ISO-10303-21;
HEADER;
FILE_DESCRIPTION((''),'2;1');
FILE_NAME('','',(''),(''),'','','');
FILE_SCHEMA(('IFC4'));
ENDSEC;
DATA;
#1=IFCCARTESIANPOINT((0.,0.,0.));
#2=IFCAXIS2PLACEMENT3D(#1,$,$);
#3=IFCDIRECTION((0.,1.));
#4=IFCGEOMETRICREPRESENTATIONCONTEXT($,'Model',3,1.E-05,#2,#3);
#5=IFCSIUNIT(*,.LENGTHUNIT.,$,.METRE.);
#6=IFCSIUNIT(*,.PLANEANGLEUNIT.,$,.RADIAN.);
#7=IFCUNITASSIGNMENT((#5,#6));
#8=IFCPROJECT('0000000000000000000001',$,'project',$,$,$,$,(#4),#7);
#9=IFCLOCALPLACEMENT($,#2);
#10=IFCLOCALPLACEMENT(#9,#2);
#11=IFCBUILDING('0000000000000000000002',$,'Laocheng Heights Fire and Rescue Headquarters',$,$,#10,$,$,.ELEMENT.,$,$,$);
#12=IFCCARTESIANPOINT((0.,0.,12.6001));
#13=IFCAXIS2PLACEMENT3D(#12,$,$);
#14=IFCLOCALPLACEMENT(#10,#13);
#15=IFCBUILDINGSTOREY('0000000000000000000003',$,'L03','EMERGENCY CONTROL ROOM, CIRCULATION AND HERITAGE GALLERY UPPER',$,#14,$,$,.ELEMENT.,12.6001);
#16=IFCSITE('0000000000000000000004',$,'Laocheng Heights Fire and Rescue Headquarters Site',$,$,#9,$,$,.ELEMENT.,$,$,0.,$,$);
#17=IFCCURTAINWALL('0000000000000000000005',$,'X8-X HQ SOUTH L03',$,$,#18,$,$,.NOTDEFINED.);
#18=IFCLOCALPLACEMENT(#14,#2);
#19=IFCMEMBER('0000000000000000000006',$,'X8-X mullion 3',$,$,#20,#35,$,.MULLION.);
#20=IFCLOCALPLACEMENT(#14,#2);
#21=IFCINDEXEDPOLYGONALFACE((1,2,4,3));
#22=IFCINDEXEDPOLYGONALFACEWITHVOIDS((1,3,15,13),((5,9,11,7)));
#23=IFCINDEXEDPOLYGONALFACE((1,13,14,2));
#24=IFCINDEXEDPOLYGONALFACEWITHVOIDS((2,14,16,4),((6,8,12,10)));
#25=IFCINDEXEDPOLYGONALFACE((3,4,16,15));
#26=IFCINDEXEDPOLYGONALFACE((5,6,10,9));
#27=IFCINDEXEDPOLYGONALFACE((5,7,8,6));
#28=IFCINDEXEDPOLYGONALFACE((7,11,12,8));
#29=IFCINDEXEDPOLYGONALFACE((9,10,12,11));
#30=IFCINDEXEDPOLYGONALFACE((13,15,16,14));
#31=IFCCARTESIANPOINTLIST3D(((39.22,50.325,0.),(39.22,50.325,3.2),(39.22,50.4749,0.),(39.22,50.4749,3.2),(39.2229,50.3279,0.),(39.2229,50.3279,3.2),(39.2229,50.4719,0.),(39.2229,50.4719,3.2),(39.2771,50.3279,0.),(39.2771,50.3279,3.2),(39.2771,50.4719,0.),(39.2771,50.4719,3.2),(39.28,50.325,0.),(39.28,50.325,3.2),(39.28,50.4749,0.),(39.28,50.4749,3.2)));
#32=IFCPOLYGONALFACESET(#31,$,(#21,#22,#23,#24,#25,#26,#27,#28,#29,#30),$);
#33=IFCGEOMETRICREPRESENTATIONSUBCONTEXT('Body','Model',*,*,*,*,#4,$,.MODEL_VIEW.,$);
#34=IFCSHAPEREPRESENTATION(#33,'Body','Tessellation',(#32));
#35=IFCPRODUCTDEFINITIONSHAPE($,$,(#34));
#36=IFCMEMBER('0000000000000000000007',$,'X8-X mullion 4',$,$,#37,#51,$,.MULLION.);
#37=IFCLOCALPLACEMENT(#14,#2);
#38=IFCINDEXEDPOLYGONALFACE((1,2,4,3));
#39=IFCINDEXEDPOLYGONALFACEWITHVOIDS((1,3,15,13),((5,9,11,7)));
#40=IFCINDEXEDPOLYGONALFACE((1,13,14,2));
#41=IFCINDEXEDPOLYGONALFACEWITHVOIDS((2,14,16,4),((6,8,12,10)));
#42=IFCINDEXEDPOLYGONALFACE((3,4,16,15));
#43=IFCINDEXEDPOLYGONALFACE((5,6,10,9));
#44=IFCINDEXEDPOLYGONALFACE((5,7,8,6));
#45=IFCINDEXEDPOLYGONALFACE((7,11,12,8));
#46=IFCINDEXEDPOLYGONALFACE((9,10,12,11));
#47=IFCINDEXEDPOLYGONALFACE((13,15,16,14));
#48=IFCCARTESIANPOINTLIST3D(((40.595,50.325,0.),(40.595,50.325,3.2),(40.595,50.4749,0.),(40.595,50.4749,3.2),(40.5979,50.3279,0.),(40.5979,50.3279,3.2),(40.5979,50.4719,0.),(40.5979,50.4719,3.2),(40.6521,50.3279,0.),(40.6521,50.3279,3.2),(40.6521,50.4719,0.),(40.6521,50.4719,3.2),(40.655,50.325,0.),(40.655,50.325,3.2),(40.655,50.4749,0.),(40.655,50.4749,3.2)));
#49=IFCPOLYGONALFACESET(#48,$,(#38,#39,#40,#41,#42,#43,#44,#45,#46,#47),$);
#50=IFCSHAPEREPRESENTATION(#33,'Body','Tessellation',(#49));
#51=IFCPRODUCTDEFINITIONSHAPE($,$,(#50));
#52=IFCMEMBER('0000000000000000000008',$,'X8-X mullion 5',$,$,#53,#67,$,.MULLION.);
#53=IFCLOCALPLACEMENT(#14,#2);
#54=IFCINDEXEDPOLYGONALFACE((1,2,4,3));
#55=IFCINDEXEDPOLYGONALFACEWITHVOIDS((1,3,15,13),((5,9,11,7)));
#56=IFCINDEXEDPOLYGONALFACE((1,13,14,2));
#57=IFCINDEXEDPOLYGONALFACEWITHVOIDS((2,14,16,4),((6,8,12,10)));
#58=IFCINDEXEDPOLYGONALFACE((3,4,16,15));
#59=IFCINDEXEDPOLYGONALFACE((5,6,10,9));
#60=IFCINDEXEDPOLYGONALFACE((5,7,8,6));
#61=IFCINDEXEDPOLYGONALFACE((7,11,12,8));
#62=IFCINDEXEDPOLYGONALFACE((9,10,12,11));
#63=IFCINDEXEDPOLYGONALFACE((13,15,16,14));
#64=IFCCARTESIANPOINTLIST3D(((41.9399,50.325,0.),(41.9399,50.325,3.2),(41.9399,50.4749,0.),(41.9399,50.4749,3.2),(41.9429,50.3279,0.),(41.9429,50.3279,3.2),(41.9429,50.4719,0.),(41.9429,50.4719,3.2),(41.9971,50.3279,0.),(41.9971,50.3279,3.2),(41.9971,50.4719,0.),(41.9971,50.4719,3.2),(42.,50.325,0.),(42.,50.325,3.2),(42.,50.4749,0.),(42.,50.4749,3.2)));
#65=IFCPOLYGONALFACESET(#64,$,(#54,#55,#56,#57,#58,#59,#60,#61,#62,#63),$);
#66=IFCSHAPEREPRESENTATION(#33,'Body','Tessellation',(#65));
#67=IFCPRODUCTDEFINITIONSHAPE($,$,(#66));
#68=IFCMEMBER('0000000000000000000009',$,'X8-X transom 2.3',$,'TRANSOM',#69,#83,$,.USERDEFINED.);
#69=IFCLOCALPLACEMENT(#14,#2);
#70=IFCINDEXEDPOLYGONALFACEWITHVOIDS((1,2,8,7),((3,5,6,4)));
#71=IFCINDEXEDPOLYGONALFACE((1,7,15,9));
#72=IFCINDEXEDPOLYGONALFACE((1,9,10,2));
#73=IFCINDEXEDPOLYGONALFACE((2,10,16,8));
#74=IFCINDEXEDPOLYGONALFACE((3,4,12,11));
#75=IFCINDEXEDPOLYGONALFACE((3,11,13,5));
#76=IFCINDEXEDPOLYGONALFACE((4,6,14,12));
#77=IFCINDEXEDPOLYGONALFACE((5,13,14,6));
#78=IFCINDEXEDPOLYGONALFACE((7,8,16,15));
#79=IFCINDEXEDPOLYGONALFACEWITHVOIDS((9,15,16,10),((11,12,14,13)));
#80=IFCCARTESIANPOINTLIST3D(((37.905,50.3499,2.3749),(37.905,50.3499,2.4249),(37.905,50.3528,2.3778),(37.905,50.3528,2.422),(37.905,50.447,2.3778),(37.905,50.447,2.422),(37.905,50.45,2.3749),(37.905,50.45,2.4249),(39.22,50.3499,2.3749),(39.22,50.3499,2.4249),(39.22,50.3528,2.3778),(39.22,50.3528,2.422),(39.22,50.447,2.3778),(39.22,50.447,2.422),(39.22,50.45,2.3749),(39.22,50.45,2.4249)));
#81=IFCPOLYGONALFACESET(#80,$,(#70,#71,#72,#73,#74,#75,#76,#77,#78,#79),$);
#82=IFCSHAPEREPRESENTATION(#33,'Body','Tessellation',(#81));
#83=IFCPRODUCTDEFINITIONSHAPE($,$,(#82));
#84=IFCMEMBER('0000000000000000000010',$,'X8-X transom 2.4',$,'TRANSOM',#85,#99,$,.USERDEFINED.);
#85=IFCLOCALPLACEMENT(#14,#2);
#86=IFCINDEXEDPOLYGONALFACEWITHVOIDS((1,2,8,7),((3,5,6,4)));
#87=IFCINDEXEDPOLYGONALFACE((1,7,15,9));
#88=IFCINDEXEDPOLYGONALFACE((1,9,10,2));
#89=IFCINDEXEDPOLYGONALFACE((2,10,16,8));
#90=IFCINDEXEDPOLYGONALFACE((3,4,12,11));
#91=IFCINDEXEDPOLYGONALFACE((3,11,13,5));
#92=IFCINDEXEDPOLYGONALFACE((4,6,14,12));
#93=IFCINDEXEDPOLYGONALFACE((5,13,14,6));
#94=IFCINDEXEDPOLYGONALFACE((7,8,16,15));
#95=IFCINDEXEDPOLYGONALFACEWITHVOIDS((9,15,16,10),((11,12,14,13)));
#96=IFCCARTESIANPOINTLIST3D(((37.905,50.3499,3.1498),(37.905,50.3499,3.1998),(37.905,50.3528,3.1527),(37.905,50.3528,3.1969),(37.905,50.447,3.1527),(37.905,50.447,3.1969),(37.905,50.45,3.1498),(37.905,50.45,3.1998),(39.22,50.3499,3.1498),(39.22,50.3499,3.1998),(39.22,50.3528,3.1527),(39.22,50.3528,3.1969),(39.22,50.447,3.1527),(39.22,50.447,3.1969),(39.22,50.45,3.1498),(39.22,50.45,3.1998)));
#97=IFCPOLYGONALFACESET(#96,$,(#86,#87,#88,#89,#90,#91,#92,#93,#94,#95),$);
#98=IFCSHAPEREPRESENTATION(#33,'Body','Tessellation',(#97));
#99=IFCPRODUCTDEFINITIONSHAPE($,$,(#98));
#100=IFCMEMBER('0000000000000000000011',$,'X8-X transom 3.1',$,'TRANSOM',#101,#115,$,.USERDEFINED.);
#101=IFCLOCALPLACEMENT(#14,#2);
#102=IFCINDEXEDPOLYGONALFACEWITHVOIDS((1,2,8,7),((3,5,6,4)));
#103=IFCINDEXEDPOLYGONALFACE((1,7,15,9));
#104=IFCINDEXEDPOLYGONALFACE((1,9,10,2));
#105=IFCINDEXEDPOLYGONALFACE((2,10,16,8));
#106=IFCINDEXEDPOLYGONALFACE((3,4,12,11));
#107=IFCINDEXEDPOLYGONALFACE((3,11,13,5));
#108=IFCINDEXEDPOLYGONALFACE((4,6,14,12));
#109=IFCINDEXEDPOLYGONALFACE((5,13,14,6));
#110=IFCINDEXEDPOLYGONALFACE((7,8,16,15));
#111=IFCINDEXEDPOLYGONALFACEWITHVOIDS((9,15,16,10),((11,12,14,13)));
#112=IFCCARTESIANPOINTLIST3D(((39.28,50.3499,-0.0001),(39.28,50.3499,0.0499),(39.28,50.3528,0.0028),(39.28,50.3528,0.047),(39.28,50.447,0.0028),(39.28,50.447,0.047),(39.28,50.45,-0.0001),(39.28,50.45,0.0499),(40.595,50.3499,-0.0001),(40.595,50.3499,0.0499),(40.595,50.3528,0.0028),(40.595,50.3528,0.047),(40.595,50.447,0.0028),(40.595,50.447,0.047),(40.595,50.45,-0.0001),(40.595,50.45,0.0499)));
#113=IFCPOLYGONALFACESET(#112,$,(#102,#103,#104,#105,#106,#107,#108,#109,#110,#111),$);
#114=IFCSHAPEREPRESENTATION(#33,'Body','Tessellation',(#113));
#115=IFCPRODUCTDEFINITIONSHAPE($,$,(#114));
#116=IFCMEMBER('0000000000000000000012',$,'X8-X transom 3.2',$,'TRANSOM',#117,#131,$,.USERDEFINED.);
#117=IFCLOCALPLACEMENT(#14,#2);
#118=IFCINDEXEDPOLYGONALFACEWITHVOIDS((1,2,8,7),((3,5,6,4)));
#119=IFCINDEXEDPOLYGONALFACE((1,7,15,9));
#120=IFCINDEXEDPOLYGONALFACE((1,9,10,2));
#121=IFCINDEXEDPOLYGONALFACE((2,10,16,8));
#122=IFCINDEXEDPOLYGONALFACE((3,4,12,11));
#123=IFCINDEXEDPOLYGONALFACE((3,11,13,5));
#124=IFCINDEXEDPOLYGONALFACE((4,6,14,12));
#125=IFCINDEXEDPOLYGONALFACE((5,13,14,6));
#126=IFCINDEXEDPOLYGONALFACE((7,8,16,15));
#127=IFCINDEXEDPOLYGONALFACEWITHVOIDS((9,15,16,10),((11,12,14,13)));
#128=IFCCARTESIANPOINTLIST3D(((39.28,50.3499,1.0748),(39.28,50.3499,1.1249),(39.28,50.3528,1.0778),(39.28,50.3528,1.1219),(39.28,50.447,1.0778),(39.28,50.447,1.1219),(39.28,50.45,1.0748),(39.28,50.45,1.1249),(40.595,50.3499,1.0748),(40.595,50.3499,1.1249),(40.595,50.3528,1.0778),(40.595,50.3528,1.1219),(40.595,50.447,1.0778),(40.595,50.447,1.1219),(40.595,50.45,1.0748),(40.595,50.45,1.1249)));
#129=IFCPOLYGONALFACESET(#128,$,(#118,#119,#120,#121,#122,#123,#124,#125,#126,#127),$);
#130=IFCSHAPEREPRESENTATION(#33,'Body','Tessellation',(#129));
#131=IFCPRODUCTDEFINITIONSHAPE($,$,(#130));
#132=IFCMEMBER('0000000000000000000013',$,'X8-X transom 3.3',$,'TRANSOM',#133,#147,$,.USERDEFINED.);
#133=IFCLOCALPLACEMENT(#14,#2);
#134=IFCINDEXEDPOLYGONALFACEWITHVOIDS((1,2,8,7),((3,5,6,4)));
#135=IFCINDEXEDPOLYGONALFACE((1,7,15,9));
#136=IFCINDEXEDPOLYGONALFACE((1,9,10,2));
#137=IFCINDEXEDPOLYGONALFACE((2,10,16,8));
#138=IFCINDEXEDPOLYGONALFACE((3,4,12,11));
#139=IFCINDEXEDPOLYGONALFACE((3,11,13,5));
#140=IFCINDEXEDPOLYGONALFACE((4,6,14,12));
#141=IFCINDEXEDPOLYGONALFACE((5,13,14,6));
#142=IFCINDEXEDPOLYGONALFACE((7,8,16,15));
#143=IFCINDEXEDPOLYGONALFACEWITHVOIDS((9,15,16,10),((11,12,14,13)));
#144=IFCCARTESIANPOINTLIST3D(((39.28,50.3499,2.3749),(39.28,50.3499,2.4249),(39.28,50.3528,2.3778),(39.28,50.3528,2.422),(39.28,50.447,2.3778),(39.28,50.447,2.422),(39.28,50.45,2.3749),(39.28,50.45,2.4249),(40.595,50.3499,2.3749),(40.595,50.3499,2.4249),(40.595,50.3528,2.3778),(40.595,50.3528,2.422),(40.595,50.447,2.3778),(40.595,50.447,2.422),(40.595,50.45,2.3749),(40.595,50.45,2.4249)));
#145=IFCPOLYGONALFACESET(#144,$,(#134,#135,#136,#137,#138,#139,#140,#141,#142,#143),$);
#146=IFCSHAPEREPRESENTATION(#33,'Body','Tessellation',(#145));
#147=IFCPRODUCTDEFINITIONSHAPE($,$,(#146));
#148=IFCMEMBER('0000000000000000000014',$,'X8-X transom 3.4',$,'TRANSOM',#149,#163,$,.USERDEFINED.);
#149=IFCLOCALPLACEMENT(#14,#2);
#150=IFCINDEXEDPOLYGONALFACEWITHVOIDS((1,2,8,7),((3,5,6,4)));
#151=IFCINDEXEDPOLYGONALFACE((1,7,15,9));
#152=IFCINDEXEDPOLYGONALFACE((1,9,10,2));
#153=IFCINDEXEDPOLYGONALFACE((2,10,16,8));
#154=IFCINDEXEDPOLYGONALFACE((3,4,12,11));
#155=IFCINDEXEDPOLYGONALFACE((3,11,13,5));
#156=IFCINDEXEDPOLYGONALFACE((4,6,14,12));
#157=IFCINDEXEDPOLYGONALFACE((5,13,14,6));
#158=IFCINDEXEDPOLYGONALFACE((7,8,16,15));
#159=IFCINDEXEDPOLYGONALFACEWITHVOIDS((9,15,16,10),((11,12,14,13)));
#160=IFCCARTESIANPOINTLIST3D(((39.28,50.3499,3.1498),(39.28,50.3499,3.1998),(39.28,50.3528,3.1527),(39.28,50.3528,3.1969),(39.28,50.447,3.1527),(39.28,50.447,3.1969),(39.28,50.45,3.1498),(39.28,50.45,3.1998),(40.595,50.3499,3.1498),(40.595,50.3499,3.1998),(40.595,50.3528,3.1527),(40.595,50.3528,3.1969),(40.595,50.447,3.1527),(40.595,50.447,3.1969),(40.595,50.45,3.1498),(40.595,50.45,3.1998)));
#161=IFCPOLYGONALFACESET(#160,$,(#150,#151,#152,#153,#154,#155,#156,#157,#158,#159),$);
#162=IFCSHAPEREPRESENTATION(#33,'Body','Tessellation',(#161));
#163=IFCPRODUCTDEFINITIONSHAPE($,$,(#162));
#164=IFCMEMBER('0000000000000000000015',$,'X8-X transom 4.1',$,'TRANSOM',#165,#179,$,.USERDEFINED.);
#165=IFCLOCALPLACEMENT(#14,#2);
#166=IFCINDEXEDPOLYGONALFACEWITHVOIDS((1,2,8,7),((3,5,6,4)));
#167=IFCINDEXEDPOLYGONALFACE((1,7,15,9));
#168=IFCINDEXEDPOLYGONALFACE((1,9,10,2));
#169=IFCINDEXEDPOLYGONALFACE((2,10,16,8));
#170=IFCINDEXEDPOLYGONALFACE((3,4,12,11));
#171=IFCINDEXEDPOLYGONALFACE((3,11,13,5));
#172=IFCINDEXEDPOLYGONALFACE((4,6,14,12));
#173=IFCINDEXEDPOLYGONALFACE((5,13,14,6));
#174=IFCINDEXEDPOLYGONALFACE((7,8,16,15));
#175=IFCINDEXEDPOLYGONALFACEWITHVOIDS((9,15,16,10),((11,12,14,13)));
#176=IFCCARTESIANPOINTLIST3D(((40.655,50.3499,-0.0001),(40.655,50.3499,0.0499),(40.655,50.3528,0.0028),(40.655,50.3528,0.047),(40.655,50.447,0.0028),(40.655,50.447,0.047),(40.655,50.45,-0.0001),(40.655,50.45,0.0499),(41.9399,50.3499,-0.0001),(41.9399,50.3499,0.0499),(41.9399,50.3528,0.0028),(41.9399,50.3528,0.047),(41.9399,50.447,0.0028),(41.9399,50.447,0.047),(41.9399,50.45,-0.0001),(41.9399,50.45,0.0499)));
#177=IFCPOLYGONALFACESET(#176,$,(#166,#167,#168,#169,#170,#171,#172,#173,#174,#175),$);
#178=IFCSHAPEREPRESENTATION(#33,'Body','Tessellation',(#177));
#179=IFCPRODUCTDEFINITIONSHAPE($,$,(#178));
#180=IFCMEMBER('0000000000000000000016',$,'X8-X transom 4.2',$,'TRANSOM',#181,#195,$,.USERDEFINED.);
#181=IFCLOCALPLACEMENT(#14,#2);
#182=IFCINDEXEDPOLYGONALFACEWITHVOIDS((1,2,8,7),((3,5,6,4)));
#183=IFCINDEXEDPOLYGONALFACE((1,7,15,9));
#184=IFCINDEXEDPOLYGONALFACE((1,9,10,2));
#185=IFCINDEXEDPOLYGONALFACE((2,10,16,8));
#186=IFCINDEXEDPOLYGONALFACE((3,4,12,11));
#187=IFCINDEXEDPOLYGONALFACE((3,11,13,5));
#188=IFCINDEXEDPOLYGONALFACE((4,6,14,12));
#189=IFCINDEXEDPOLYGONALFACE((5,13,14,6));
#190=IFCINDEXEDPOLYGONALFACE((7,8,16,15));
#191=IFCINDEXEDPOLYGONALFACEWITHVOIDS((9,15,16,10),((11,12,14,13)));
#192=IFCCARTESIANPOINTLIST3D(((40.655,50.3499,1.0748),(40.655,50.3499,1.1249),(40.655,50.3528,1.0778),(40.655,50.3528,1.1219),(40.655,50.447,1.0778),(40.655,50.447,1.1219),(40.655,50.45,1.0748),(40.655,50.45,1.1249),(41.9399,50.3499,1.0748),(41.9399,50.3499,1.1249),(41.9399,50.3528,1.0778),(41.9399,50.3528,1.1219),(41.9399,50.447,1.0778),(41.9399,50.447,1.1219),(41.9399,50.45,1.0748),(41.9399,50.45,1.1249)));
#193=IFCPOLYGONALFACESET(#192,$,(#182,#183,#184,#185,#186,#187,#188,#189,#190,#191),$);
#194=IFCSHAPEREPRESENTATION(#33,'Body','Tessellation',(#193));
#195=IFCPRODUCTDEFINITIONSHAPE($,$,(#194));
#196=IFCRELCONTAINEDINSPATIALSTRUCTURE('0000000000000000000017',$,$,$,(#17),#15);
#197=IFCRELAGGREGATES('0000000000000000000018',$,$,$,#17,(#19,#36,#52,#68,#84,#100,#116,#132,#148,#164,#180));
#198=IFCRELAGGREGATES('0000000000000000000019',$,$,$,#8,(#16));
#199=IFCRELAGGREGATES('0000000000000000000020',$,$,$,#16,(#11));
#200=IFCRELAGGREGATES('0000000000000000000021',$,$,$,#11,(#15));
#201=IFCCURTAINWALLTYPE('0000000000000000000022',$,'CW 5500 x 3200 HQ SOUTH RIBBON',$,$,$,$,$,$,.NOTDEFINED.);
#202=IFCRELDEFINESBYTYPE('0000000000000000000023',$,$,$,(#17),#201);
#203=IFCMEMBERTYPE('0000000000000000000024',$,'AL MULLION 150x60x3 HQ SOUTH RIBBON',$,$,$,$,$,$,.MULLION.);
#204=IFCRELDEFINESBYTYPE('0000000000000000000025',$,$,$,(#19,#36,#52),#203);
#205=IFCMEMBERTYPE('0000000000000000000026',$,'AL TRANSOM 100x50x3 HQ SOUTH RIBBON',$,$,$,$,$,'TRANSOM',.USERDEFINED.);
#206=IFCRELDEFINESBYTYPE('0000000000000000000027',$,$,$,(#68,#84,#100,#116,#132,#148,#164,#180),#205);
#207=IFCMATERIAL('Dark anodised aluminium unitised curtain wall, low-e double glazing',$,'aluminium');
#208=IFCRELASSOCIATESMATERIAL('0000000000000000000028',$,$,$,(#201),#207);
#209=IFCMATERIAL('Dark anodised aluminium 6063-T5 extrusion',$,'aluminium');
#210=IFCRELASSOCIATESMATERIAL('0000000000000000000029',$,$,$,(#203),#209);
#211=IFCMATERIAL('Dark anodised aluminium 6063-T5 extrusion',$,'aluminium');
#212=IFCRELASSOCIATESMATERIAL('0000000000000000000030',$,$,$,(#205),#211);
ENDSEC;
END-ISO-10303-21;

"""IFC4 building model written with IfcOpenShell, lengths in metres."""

from ifc_helpers import new_model, si_unit, direction, frame, origin, origin_2d, place, context, subcontext, project, spatial, hollow_rectangle, extrude, material, material_profile, profile_set, type_object, element, aggregate, save


model = new_model("IFC4")

# Units and contexts
model_context = context("Model", 3, precision=1e-05, world=origin(), true_north=direction((0.0, 1.0)))
body_context = subcontext(model_context, "Body", "Model", "MODEL_VIEW")
ifc_project = project(units=[si_unit("LENGTHUNIT", "METRE"), si_unit("PLANEANGLEUNIT", "RADIAN")], contexts=[model_context])

# Site, building, storey
site_placement = place(None, origin())
site = spatial("IfcSite", under=ifc_project, at=site_placement, Name="Laocheng Heights Fire and Rescue Headquarters Site", CompositionType="ELEMENT", RefElevation=0.0)
building_placement = place(site_placement, origin())
building = spatial("IfcBuilding", under=site, at=building_placement, Name="Laocheng Heights Fire and Rescue Headquarters", CompositionType="ELEMENT")
storey_placement = place(building_placement, frame((0.0, 0.0, 12.6001)))
storey = spatial("IfcBuildingStorey", under=building, at=storey_placement, Name="L03", Description="EMERGENCY CONTROL ROOM, CIRCULATION AND HERITAGE GALLERY UPPER", CompositionType="ELEMENT", Elevation=12.6001)

# Curtain wall, members
ifc_material_1 = material(Name="Dark anodised aluminium unitised curtain wall, low-e double glazing", Category="aluminium")
curtain_wall_type = type_object("IfcCurtainWallType", Name="CW 5500 x 3200 HQ SOUTH RIBBON", PredefinedType="NOTDEFINED", material=ifc_material_1)
curtain_wall_placement = place(storey_placement, origin())
curtain_wall = element("IfcCurtainWall", 1, at=curtain_wall_placement, inside=storey, type_object=curtain_wall_type, Name="X8-X HQ SOUTH L03", PredefinedType="NOTDEFINED")
ifc_material_2 = material(Name="Dark anodised aluminium 6063-T5 extrusion", Category="aluminium")
ifc_material_profile_1 = material_profile(ifc_material_2, hollow_rectangle(XDim=0.1499, YDim=0.0601, WallThickness=0.0029, at=origin_2d()), Name="AL MULLION 150x60x3 HQ SOUTH RIBBON")
ifc_profile_set_1 = profile_set([ifc_material_profile_1], Name="Dark anodised aluminium 6063-T5 extrusion")
member_type_1 = type_object("IfcMemberType", Name="AL MULLION 150x60x3 HQ SOUTH RIBBON", PredefinedType="MULLION", material=ifc_profile_set_1)
member_1_placement = place(storey_placement, frame((39.25, 50.3999, 0.0), z_axis=(0.0, 0.0, 1.0), x_axis=(0.0, 1.0, 0.0)))
member_1 = element("IfcMember", 2, at=member_1_placement, type_object=member_type_1, Name="X8-X mullion 3", PredefinedType="MULLION", context=body_context, shape_type="SweptSolid", body=[
    extrude(hollow_rectangle(XDim=0.1499, YDim=0.0601, WallThickness=0.0029, at=origin_2d()), origin(), (0.0, 0.0, 1.0), 3.2),
])
member_2_placement = place(storey_placement, frame((40.625, 50.3999, 0.0), z_axis=(0.0, 0.0, 1.0), x_axis=(0.0, 1.0, 0.0)))
member_2 = element("IfcMember", 3, at=member_2_placement, type_object=member_type_1, Name="X8-X mullion 4", PredefinedType="MULLION", context=body_context, shape_type="SweptSolid", body=[
    extrude(hollow_rectangle(XDim=0.1499, YDim=0.0601, WallThickness=0.0029, at=origin_2d()), origin(), (0.0, 0.0, 1.0), 3.2),
])
member_3_placement = place(storey_placement, frame((41.97, 50.3999, 0.0), z_axis=(0.0, 0.0, 1.0), x_axis=(0.0, 1.0, 0.0)))
member_3 = element("IfcMember", 4, at=member_3_placement, type_object=member_type_1, Name="X8-X mullion 5", PredefinedType="MULLION", context=body_context, shape_type="SweptSolid", body=[
    extrude(hollow_rectangle(XDim=0.1499, YDim=0.0601, WallThickness=0.0029, at=origin_2d()), origin(), (0.0, 0.0, 1.0), 3.2),
])
ifc_material_3 = material(Name="Dark anodised aluminium 6063-T5 extrusion", Category="aluminium")
ifc_material_profile_2 = material_profile(ifc_material_3, hollow_rectangle(XDim=0.1001, YDim=0.05, WallThickness=0.0029, at=origin_2d()), Name="AL TRANSOM 100x50x3 HQ SOUTH RIBBON")
ifc_profile_set_2 = profile_set([ifc_material_profile_2], Name="Dark anodised aluminium 6063-T5 extrusion")
member_type_2 = type_object("IfcMemberType", Name="AL TRANSOM 100x50x3 HQ SOUTH RIBBON", ElementType="TRANSOM", PredefinedType="USERDEFINED", material=ifc_profile_set_2)
member_4_placement = place(storey_placement, frame((37.905, 50.3999, 2.3999), z_axis=(1.0, 0.0, 0.0), x_axis=(0.0, 1.0, 0.0)))
member_4 = element("IfcMember", 5, at=member_4_placement, type_object=member_type_2, Name="X8-X transom 2.3", ObjectType="TRANSOM", PredefinedType="USERDEFINED", context=body_context, shape_type="SweptSolid", body=[
    extrude(hollow_rectangle(XDim=0.1001, YDim=0.05, WallThickness=0.0029, at=origin_2d()), origin(), (0.0, 0.0, 1.0), 1.3149),
])
member_5_placement = place(storey_placement, frame((37.905, 50.3999, 3.1748), z_axis=(1.0, 0.0, 0.0), x_axis=(0.0, 1.0, 0.0)))
member_5 = element("IfcMember", 6, at=member_5_placement, type_object=member_type_2, Name="X8-X transom 2.4", ObjectType="TRANSOM", PredefinedType="USERDEFINED", context=body_context, shape_type="SweptSolid", body=[
    extrude(hollow_rectangle(XDim=0.1001, YDim=0.05, WallThickness=0.0029, at=origin_2d()), origin(), (0.0, 0.0, 1.0), 1.3149),
])
member_6_placement = place(storey_placement, frame((39.28, 50.3999, 0.0249), z_axis=(1.0, 0.0, 0.0), x_axis=(0.0, 1.0, 0.0)))
member_6 = element("IfcMember", 7, at=member_6_placement, type_object=member_type_2, Name="X8-X transom 3.1", ObjectType="TRANSOM", PredefinedType="USERDEFINED", context=body_context, shape_type="SweptSolid", body=[
    extrude(hollow_rectangle(XDim=0.1001, YDim=0.05, WallThickness=0.0029, at=origin_2d()), origin(), (0.0, 0.0, 1.0), 1.3149),
])
member_7_placement = place(storey_placement, frame((39.28, 50.3999, 1.0999), z_axis=(1.0, 0.0, 0.0), x_axis=(0.0, 1.0, 0.0)))
member_7 = element("IfcMember", 8, at=member_7_placement, type_object=member_type_2, Name="X8-X transom 3.2", ObjectType="TRANSOM", PredefinedType="USERDEFINED", context=body_context, shape_type="SweptSolid", body=[
    extrude(hollow_rectangle(XDim=0.1001, YDim=0.05, WallThickness=0.0029, at=origin_2d()), origin(), (0.0, 0.0, 1.0), 1.3149),
])
member_8_placement = place(storey_placement, frame((39.28, 50.3999, 2.3999), z_axis=(1.0, 0.0, 0.0), x_axis=(0.0, 1.0, 0.0)))
member_8 = element("IfcMember", 9, at=member_8_placement, type_object=member_type_2, Name="X8-X transom 3.3", ObjectType="TRANSOM", PredefinedType="USERDEFINED", context=body_context, shape_type="SweptSolid", body=[
    extrude(hollow_rectangle(XDim=0.1001, YDim=0.05, WallThickness=0.0029, at=origin_2d()), origin(), (0.0, 0.0, 1.0), 1.3149),
])
member_9_placement = place(storey_placement, frame((39.28, 50.3999, 3.1748), z_axis=(1.0, 0.0, 0.0), x_axis=(0.0, 1.0, 0.0)))
member_9 = element("IfcMember", 10, at=member_9_placement, type_object=member_type_2, Name="X8-X transom 3.4", ObjectType="TRANSOM", PredefinedType="USERDEFINED", context=body_context, shape_type="SweptSolid", body=[
    extrude(hollow_rectangle(XDim=0.1001, YDim=0.05, WallThickness=0.0029, at=origin_2d()), origin(), (0.0, 0.0, 1.0), 1.3149),
])
member_10_placement = place(storey_placement, frame((40.655, 50.3999, 0.0249), z_axis=(1.0, 0.0, 0.0), x_axis=(0.0, 1.0, 0.0)))
member_10 = element("IfcMember", 11, at=member_10_placement, type_object=member_type_2, Name="X8-X transom 4.1", ObjectType="TRANSOM", PredefinedType="USERDEFINED", context=body_context, shape_type="SweptSolid", body=[
    extrude(hollow_rectangle(XDim=0.1001, YDim=0.05, WallThickness=0.0029, at=origin_2d()), origin(), (0.0, 0.0, 1.0), 1.2849),
])
member_11_placement = place(storey_placement, frame((40.655, 50.3999, 1.0999), z_axis=(1.0, 0.0, 0.0), x_axis=(0.0, 1.0, 0.0)))
member_11 = element("IfcMember", 12, at=member_11_placement, type_object=member_type_2, Name="X8-X transom 4.2", ObjectType="TRANSOM", PredefinedType="USERDEFINED", context=body_context, shape_type="SweptSolid", body=[
    extrude(hollow_rectangle(XDim=0.1001, YDim=0.05, WallThickness=0.0029, at=origin_2d()), origin(), (0.0, 0.0, 1.0), 1.2849),
])

aggregate(curtain_wall, [member_1, member_2, member_3, member_4, member_5, member_6, member_7, member_8, member_9, member_10, member_11])

save(model, "model.ifc")
